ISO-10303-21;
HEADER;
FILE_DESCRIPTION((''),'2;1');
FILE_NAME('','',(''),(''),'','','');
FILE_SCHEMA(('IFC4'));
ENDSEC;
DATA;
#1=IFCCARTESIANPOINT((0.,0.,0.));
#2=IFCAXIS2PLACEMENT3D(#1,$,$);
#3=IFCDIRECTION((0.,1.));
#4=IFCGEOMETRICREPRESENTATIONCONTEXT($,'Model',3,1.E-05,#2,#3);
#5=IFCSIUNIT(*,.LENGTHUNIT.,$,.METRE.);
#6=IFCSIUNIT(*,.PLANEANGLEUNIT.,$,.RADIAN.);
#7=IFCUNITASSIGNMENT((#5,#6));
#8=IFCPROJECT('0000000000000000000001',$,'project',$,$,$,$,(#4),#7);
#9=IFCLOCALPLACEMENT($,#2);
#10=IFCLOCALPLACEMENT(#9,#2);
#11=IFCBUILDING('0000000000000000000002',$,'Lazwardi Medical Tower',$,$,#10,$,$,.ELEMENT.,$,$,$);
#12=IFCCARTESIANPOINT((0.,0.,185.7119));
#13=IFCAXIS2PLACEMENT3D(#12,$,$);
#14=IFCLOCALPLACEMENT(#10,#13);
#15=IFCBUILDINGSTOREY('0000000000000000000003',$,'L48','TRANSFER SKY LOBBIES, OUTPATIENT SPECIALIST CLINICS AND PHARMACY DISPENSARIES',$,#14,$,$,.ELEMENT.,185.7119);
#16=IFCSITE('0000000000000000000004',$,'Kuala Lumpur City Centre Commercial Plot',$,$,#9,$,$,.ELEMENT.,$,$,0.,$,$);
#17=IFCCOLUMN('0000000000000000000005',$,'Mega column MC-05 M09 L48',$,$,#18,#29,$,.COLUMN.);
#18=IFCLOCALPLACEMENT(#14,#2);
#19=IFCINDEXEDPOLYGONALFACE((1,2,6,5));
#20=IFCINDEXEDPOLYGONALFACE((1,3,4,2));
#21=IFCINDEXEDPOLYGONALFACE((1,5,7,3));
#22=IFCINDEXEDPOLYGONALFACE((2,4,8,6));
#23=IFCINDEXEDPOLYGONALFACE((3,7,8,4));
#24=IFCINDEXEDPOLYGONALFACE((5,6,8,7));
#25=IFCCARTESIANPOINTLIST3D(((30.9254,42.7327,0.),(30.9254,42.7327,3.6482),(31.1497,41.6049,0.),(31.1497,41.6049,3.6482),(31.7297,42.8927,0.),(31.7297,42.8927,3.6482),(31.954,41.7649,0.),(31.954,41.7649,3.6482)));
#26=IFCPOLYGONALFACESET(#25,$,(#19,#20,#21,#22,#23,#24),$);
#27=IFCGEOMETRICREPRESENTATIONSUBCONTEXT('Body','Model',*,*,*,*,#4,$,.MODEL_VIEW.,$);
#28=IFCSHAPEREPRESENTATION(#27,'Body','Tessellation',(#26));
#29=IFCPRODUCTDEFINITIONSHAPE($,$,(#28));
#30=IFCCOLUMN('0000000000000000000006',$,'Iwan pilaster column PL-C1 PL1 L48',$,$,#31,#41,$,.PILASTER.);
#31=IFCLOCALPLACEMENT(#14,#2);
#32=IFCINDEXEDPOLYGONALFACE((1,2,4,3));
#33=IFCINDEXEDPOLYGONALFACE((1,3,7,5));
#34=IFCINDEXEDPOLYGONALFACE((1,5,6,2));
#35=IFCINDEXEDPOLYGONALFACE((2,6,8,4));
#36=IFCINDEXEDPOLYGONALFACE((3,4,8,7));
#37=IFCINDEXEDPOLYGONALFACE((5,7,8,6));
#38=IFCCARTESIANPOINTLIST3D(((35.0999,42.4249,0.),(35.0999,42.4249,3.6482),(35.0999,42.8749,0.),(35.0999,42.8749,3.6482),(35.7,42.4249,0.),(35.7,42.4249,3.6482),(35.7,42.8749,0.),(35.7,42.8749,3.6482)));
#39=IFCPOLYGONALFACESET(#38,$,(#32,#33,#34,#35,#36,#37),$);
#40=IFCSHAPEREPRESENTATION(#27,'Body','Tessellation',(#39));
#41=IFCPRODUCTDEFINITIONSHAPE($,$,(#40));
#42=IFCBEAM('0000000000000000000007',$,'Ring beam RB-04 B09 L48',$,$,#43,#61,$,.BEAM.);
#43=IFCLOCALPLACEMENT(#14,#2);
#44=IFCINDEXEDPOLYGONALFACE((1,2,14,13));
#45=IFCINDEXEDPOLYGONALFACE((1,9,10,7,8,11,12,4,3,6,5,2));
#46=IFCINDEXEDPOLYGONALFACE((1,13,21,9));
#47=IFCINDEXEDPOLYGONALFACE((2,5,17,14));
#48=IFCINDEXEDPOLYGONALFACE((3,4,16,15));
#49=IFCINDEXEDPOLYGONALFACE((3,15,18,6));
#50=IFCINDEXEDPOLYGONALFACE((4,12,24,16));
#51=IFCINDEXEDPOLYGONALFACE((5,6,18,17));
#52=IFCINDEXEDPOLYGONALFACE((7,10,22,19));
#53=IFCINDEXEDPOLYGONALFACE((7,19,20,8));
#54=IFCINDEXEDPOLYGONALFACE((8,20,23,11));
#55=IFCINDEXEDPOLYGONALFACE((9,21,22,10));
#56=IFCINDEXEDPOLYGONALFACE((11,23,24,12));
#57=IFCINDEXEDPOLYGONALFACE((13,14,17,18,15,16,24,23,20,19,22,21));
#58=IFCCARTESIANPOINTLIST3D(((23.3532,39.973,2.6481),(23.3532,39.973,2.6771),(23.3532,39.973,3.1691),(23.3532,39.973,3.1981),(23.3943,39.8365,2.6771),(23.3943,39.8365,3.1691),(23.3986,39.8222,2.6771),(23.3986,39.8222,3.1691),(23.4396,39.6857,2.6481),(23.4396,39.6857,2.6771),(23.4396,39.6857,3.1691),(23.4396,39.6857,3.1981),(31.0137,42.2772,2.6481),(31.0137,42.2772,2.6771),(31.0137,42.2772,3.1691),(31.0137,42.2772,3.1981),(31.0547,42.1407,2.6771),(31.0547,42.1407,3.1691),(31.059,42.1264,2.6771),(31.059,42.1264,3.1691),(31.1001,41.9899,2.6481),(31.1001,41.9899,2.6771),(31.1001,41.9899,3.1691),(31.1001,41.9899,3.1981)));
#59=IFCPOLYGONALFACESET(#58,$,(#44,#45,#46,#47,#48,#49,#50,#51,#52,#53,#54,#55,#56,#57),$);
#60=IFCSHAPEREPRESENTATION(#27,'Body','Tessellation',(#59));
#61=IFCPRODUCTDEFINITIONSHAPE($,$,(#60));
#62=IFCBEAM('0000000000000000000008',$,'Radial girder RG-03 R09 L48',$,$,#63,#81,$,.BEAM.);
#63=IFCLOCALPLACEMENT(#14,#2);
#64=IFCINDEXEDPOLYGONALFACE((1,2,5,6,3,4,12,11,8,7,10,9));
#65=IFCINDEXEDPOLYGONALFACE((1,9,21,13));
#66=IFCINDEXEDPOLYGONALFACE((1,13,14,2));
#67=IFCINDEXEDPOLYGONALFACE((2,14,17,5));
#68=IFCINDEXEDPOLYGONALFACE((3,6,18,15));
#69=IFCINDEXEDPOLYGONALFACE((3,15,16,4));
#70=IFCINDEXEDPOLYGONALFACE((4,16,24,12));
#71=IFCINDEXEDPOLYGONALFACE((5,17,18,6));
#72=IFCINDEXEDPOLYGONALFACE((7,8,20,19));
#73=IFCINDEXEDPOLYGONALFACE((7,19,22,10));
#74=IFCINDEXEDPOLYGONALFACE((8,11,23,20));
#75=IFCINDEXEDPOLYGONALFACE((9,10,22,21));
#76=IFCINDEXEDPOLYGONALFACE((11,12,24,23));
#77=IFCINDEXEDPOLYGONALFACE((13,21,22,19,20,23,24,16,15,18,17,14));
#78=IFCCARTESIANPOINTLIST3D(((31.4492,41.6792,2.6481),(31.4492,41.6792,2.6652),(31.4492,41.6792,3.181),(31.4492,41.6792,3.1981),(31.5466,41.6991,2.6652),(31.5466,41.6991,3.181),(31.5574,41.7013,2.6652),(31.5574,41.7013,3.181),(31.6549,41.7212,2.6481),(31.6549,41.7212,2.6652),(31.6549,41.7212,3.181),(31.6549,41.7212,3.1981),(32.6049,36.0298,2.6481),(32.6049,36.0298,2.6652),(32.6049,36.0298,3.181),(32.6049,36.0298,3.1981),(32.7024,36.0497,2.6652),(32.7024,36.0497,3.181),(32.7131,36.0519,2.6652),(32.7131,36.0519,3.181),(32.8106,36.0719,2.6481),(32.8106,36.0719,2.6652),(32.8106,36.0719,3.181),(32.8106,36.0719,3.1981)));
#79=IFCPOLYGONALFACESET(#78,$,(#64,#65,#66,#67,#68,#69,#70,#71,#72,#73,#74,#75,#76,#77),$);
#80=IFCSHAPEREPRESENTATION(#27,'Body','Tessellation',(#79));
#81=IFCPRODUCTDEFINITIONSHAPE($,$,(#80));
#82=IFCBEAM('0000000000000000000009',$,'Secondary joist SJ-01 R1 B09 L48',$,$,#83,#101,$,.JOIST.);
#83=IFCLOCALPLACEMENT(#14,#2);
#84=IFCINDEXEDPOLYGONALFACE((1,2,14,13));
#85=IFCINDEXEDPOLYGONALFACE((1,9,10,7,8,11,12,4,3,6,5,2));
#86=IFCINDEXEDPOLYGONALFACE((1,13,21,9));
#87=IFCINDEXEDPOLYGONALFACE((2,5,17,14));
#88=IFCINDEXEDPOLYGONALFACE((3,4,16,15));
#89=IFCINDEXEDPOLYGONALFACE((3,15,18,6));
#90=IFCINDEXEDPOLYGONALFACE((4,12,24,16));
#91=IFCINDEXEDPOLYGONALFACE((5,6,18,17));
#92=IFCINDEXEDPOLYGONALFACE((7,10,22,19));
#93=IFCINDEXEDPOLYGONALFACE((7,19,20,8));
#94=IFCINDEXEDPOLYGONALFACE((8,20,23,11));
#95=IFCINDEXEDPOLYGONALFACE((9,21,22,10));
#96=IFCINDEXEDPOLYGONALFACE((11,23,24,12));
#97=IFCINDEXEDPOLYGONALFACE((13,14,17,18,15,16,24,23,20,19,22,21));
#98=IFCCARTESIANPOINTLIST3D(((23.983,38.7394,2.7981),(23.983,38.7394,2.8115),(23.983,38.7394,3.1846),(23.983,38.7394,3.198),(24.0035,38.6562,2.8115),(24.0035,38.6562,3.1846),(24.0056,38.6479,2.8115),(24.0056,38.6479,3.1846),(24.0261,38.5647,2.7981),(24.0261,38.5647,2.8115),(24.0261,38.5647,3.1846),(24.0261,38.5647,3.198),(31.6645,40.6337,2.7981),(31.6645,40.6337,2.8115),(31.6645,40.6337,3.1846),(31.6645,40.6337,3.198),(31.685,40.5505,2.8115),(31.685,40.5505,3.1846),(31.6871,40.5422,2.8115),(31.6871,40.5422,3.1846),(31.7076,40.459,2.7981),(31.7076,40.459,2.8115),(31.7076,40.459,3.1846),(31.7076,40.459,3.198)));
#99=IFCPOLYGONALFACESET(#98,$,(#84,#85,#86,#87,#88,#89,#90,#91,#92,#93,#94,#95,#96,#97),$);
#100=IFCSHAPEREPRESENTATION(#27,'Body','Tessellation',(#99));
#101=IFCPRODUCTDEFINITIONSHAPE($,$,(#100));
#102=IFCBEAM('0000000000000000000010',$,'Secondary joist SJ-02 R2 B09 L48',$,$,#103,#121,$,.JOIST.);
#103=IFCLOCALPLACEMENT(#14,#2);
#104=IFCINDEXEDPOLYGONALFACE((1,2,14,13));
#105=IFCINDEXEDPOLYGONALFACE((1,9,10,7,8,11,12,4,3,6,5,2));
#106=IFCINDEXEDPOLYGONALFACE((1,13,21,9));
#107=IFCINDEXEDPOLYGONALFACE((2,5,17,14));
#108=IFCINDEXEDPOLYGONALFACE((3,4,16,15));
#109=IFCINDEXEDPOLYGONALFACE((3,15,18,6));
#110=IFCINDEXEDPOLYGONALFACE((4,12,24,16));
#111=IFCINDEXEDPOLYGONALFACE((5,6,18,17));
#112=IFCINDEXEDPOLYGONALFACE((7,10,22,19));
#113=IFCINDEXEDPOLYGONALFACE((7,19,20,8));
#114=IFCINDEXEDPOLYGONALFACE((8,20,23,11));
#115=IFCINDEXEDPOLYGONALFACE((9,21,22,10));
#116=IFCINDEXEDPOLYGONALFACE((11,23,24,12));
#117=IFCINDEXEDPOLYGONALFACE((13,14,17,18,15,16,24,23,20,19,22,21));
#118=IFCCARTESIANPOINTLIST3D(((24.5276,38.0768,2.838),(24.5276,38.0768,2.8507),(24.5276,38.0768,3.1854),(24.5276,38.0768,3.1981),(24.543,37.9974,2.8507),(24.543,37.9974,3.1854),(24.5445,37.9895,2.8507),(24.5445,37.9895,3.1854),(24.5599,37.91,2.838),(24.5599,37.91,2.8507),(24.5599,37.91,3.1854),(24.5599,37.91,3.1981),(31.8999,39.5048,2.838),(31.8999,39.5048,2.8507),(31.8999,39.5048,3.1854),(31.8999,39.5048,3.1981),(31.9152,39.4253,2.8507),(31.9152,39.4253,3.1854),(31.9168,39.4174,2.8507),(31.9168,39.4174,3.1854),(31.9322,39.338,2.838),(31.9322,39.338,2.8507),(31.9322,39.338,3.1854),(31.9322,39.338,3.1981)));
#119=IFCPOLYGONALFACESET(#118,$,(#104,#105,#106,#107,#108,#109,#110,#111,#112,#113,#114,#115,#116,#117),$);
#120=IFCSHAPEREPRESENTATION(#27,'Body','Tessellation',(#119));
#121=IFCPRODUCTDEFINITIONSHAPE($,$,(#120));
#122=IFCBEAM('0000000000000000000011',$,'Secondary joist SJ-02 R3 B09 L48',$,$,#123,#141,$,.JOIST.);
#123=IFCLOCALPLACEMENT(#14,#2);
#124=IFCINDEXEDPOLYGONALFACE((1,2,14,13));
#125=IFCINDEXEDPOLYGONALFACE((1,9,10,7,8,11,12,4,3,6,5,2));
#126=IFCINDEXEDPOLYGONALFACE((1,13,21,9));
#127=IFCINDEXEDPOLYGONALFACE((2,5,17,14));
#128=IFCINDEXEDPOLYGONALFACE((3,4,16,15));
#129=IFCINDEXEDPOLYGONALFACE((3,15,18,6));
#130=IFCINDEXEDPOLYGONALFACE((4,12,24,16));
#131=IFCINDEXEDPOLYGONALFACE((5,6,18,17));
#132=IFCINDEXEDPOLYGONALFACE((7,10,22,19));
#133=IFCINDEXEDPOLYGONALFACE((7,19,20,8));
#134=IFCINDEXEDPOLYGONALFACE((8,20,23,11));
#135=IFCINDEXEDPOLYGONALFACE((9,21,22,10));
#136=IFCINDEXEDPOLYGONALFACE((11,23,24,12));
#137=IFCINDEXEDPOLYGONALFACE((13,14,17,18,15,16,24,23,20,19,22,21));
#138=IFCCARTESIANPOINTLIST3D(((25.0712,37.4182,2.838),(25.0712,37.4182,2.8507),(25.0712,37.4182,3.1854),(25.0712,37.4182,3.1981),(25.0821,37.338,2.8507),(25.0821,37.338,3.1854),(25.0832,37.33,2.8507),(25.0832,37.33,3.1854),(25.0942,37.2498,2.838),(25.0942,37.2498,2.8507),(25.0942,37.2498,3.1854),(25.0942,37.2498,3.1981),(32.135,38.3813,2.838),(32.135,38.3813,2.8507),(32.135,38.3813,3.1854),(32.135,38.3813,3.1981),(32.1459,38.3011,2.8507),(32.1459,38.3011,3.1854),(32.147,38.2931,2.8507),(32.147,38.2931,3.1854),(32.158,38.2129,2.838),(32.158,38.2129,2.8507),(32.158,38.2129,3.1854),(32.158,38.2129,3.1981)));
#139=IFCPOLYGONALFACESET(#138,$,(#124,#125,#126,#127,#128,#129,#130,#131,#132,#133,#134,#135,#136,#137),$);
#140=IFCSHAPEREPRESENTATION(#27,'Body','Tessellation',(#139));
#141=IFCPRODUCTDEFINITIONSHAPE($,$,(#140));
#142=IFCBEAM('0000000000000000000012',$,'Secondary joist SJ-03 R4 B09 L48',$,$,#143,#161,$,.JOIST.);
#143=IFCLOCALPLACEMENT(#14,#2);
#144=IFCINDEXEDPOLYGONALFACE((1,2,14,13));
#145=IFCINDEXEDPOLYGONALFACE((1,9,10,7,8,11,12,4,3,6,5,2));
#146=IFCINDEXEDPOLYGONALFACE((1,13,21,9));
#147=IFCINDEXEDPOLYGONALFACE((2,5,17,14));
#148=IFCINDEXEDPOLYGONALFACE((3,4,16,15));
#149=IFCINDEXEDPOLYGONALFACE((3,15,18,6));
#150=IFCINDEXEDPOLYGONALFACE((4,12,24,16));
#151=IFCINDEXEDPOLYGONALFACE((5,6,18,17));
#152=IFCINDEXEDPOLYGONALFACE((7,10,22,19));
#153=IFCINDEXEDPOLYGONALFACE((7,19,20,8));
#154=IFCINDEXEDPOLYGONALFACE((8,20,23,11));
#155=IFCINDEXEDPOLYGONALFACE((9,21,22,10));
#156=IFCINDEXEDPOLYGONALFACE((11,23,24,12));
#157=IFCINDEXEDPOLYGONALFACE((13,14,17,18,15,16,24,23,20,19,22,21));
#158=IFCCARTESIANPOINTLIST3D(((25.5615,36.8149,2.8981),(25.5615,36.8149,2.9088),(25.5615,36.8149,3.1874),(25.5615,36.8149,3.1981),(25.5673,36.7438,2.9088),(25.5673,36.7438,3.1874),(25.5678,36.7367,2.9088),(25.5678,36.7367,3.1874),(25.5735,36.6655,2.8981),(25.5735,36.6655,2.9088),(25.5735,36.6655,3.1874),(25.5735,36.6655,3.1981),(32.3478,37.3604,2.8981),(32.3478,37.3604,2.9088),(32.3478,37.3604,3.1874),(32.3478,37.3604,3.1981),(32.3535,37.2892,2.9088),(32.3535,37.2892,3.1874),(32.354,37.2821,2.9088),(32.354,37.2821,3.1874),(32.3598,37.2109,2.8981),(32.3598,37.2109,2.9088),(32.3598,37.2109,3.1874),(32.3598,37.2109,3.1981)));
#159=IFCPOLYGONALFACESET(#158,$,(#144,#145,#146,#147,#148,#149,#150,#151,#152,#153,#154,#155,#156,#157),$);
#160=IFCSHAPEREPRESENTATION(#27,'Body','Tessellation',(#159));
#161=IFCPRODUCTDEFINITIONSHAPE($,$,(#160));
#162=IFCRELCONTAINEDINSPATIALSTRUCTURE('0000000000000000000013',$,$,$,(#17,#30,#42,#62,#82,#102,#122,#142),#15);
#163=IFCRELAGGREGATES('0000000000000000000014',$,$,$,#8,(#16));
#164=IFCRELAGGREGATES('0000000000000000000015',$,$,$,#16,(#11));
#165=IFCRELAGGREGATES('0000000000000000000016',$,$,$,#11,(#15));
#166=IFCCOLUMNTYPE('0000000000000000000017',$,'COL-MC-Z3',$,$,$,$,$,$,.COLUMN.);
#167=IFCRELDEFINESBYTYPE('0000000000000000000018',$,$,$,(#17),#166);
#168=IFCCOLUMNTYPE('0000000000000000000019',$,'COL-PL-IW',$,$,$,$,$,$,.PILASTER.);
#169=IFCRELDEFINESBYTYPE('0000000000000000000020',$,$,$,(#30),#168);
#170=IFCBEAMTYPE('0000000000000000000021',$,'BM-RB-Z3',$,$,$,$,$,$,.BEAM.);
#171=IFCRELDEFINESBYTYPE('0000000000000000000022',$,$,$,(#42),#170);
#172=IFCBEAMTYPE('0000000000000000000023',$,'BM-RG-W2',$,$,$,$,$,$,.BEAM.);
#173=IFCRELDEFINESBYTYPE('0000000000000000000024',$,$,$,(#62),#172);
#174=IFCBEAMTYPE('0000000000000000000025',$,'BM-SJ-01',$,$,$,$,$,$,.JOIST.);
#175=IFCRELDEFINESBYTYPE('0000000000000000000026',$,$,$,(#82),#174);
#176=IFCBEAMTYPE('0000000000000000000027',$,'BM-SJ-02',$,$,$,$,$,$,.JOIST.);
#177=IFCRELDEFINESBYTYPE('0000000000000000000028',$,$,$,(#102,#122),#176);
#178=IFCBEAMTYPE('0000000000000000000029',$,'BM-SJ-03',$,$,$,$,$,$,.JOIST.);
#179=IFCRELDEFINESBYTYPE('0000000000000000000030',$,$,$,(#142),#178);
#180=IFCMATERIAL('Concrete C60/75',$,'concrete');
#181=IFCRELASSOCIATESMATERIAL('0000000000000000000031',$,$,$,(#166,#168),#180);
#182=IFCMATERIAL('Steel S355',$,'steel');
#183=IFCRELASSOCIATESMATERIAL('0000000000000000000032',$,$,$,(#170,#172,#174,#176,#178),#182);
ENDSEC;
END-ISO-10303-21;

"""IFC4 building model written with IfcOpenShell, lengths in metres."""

from ifc_helpers import new_model, si_unit, direction, frame, origin, origin_2d, place, context, subcontext, project, spatial, rectangle, i_section, extrude, material, material_profile, profile_set, type_object, element, save


model = new_model("IFC4")

# Units and contexts
model_context = context("Model", 3, precision=1e-05, world=origin(), true_north=direction((0.0, 1.0)))
body_context = subcontext(model_context, "Body", "Model", "MODEL_VIEW")
ifc_project = project(units=[si_unit("LENGTHUNIT", "METRE"), si_unit("PLANEANGLEUNIT", "RADIAN")], contexts=[model_context])

# Site, building, storey
site_placement = place(None, origin())
site = spatial("IfcSite", under=ifc_project, at=site_placement, Name="Kuala Lumpur City Centre Commercial Plot", CompositionType="ELEMENT", RefElevation=0.0)
building_placement = place(site_placement, origin())
building = spatial("IfcBuilding", under=site, at=building_placement, Name="Lazwardi Medical Tower", CompositionType="ELEMENT")
storey_placement = place(building_placement, frame((0.0, 0.0, 185.7119)))
storey = spatial("IfcBuildingStorey", under=building, at=storey_placement, Name="L48", Description="TRANSFER SKY LOBBIES, OUTPATIENT SPECIALIST CLINICS AND PHARMACY DISPENSARIES", CompositionType="ELEMENT", Elevation=185.7119)

# Columns
ifc_material_1 = material(Name="Concrete C60/75", Category="concrete")
ifc_material_profile_1 = material_profile(ifc_material_1, rectangle(XDim=1.1499, YDim=0.8201, at=origin_2d()), Name="CFT-RECT 1150x820")
ifc_profile_set_1 = profile_set([ifc_material_profile_1], Name="Concrete C60/75")
column_type_1 = type_object("IfcColumnType", Name="COL-MC-Z3", PredefinedType="COLUMN", material=ifc_profile_set_1)
column_1_placement = place(storey_placement, frame((31.4397, 42.2488, 0.0), z_axis=(0.0, 0.0, 1.0), x_axis=(-0.19509, 0.980785, 0.0)))
element("IfcColumn", 1, at=column_1_placement, inside=storey, type_object=column_type_1, Name="Mega column MC-05 M09 L48", PredefinedType="COLUMN", context=body_context, shape_type="SweptSolid", body=[
    extrude(rectangle(XDim=1.1499, YDim=0.8201, at=origin_2d()), origin(), (0.0, 0.0, 1.0), 3.6482),
])
ifc_material_profile_2 = material_profile(ifc_material_1, rectangle(XDim=0.6001, YDim=0.45, at=origin_2d()), Name="RC 600x450")
ifc_profile_set_2 = profile_set([ifc_material_profile_2], Name="Concrete C60/75")
column_type_2 = type_object("IfcColumnType", Name="COL-PL-IW", PredefinedType="PILASTER", material=ifc_profile_set_2)
column_2_placement = place(storey_placement, frame((35.3999, 42.6499, 0.0), z_axis=(0.0, 0.0, 1.0), x_axis=(1.0, 0.0, 0.0)))
element("IfcColumn", 2, at=column_2_placement, inside=storey, type_object=column_type_2, Name="Iwan pilaster column PL-C1 PL1 L48", PredefinedType="PILASTER", context=body_context, shape_type="SweptSolid", body=[
    extrude(rectangle(XDim=0.6001, YDim=0.45, at=origin_2d()), origin(), (0.0, 0.0, 1.0), 3.6482),
])

# Beams
ifc_material_2 = material(Name="Steel S355", Category="steel")
ifc_material_profile_3 = material_profile(ifc_material_2, i_section(OverallWidth=0.3, OverallDepth=0.55, WebThickness=0.0149, FlangeThickness=0.0291, at=origin_2d()), Name="HEB 550")
ifc_profile_set_3 = profile_set([ifc_material_profile_3], Name="Steel S355")
beam_type_1 = type_object("IfcBeamType", Name="BM-RB-Z3", PredefinedType="BEAM", material=ifc_profile_set_3)
beam_1_placement = place(storey_placement, frame((31.0569, 42.1335, 2.9231), z_axis=(-0.957617, -0.288045, 0.0), x_axis=(0.288045, -0.957617, 0.0)))
element("IfcBeam", 3, at=beam_1_placement, inside=storey, type_object=beam_type_1, Name="Ring beam RB-04 B09 L48", PredefinedType="BEAM", context=body_context, shape_type="SweptSolid", body=[
    extrude(i_section(OverallWidth=0.3, OverallDepth=0.55, WebThickness=0.0149, FlangeThickness=0.0291, at=origin_2d()), origin(), (0.0, 0.0, 1.0), 7.9995),
])
ifc_material_profile_4 = material_profile(ifc_material_2, i_section(OverallWidth=0.21, OverallDepth=0.55, WebThickness=0.011, FlangeThickness=0.0171, at=origin_2d()), Name="IPE 550")
ifc_profile_set_4 = profile_set([ifc_material_profile_4], Name="Steel S355")
beam_type_2 = type_object("IfcBeamType", Name="BM-RG-W2", PredefinedType="BEAM", material=ifc_profile_set_4)
beam_2_placement = place(storey_placement, frame((31.552, 41.7002, 2.9231), z_axis=(0.200429, -0.979708, 0.0), x_axis=(0.979708, 0.200429, 0.0)))
element("IfcBeam", 4, at=beam_2_placement, inside=storey, type_object=beam_type_2, Name="Radial girder RG-03 R09 L48", PredefinedType="BEAM", context=body_context, shape_type="SweptSolid", body=[
    extrude(i_section(OverallWidth=0.21, OverallDepth=0.55, WebThickness=0.011, FlangeThickness=0.0171, at=origin_2d()), origin(), (0.0, 0.0, 1.0), 5.7664),
])
ifc_material_profile_5 = material_profile(ifc_material_2, i_section(OverallWidth=0.1799, OverallDepth=0.3999, WebThickness=0.0085, FlangeThickness=0.0134, at=origin_2d()), Name="IPE 400")
ifc_profile_set_5 = profile_set([ifc_material_profile_5], Name="Steel S355")
beam_type_3 = type_object("IfcBeamType", Name="BM-SJ-01", PredefinedType="JOIST", material=ifc_profile_set_5)
beam_3_placement = place(storey_placement, frame((31.686, 40.5464, 2.998), z_axis=(-0.970913, -0.239434, 0.0), x_axis=(0.239434, -0.970913, 0.0)))
element("IfcBeam", 5, at=beam_3_placement, inside=storey, type_object=beam_type_3, Name="Secondary joist SJ-01 R1 B09 L48", PredefinedType="JOIST", context=body_context, shape_type="SweptSolid", body=[
    extrude(i_section(OverallWidth=0.1799, OverallDepth=0.3999, WebThickness=0.0085, FlangeThickness=0.0134, at=origin_2d()), origin(), (0.0, 0.0, 1.0), 7.9116),
])
ifc_material_profile_6 = material_profile(ifc_material_2, i_section(OverallWidth=0.1699, OverallDepth=0.3601, WebThickness=0.0081, FlangeThickness=0.0127, at=origin_2d()), Name="IPE 360")
ifc_profile_set_6 = profile_set([ifc_material_profile_6], Name="Steel S355")
beam_type_4 = type_object("IfcBeamType", Name="BM-SJ-02", PredefinedType="JOIST", material=ifc_profile_set_6)
beam_4_placement = place(storey_placement, frame((31.916, 39.4214, 3.0181), z_axis=(-0.981753, -0.19016, 0.0), x_axis=(0.19016, -0.981753, 0.0)))
element("IfcBeam", 6, at=beam_4_placement, inside=storey, type_object=beam_type_4, Name="Secondary joist SJ-02 R2 B09 L48", PredefinedType="JOIST", context=body_context, shape_type="SweptSolid", body=[
    extrude(i_section(OverallWidth=0.1699, OverallDepth=0.3601, WebThickness=0.0081, FlangeThickness=0.0127, at=origin_2d()), origin(), (0.0, 0.0, 1.0), 7.5093),
])
beam_5_placement = place(storey_placement, frame((32.1465, 38.2971, 3.0181), z_axis=(-0.990832, -0.135099, 0.0), x_axis=(0.135099, -0.990832, 0.0)))
element("IfcBeam", 7, at=beam_5_placement, inside=storey, type_object=beam_type_4, Name="Secondary joist SJ-02 R3 B09 L48", PredefinedType="JOIST", context=body_context, shape_type="SweptSolid", body=[
    extrude(i_section(OverallWidth=0.1699, OverallDepth=0.3601, WebThickness=0.0081, FlangeThickness=0.0127, at=origin_2d()), origin(), (0.0, 0.0, 1.0), 7.1292),
])
ifc_material_profile_7 = material_profile(ifc_material_2, i_section(OverallWidth=0.1499, OverallDepth=0.3, WebThickness=0.0071, FlangeThickness=0.0107, at=origin_2d()), Name="IPE 300")
ifc_profile_set_7 = profile_set([ifc_material_profile_7], Name="Steel S355")
beam_type_5 = type_object("IfcBeamType", Name="BM-SJ-03", PredefinedType="JOIST", material=ifc_profile_set_7)
beam_6_placement = place(storey_placement, frame((32.3538, 37.2856, 3.0481), z_axis=(-0.996786, -0.080113, 0.0), x_axis=(0.080113, -0.996786, 0.0)))
element("IfcBeam", 8, at=beam_6_placement, inside=storey, type_object=beam_type_5, Name="Secondary joist SJ-03 R4 B09 L48", PredefinedType="JOIST", context=body_context, shape_type="SweptSolid", body=[
    extrude(i_section(OverallWidth=0.1499, OverallDepth=0.3, WebThickness=0.0071, FlangeThickness=0.0107, at=origin_2d()), origin(), (0.0, 0.0, 1.0), 6.8081),
])

save(model, "model.ifc")
